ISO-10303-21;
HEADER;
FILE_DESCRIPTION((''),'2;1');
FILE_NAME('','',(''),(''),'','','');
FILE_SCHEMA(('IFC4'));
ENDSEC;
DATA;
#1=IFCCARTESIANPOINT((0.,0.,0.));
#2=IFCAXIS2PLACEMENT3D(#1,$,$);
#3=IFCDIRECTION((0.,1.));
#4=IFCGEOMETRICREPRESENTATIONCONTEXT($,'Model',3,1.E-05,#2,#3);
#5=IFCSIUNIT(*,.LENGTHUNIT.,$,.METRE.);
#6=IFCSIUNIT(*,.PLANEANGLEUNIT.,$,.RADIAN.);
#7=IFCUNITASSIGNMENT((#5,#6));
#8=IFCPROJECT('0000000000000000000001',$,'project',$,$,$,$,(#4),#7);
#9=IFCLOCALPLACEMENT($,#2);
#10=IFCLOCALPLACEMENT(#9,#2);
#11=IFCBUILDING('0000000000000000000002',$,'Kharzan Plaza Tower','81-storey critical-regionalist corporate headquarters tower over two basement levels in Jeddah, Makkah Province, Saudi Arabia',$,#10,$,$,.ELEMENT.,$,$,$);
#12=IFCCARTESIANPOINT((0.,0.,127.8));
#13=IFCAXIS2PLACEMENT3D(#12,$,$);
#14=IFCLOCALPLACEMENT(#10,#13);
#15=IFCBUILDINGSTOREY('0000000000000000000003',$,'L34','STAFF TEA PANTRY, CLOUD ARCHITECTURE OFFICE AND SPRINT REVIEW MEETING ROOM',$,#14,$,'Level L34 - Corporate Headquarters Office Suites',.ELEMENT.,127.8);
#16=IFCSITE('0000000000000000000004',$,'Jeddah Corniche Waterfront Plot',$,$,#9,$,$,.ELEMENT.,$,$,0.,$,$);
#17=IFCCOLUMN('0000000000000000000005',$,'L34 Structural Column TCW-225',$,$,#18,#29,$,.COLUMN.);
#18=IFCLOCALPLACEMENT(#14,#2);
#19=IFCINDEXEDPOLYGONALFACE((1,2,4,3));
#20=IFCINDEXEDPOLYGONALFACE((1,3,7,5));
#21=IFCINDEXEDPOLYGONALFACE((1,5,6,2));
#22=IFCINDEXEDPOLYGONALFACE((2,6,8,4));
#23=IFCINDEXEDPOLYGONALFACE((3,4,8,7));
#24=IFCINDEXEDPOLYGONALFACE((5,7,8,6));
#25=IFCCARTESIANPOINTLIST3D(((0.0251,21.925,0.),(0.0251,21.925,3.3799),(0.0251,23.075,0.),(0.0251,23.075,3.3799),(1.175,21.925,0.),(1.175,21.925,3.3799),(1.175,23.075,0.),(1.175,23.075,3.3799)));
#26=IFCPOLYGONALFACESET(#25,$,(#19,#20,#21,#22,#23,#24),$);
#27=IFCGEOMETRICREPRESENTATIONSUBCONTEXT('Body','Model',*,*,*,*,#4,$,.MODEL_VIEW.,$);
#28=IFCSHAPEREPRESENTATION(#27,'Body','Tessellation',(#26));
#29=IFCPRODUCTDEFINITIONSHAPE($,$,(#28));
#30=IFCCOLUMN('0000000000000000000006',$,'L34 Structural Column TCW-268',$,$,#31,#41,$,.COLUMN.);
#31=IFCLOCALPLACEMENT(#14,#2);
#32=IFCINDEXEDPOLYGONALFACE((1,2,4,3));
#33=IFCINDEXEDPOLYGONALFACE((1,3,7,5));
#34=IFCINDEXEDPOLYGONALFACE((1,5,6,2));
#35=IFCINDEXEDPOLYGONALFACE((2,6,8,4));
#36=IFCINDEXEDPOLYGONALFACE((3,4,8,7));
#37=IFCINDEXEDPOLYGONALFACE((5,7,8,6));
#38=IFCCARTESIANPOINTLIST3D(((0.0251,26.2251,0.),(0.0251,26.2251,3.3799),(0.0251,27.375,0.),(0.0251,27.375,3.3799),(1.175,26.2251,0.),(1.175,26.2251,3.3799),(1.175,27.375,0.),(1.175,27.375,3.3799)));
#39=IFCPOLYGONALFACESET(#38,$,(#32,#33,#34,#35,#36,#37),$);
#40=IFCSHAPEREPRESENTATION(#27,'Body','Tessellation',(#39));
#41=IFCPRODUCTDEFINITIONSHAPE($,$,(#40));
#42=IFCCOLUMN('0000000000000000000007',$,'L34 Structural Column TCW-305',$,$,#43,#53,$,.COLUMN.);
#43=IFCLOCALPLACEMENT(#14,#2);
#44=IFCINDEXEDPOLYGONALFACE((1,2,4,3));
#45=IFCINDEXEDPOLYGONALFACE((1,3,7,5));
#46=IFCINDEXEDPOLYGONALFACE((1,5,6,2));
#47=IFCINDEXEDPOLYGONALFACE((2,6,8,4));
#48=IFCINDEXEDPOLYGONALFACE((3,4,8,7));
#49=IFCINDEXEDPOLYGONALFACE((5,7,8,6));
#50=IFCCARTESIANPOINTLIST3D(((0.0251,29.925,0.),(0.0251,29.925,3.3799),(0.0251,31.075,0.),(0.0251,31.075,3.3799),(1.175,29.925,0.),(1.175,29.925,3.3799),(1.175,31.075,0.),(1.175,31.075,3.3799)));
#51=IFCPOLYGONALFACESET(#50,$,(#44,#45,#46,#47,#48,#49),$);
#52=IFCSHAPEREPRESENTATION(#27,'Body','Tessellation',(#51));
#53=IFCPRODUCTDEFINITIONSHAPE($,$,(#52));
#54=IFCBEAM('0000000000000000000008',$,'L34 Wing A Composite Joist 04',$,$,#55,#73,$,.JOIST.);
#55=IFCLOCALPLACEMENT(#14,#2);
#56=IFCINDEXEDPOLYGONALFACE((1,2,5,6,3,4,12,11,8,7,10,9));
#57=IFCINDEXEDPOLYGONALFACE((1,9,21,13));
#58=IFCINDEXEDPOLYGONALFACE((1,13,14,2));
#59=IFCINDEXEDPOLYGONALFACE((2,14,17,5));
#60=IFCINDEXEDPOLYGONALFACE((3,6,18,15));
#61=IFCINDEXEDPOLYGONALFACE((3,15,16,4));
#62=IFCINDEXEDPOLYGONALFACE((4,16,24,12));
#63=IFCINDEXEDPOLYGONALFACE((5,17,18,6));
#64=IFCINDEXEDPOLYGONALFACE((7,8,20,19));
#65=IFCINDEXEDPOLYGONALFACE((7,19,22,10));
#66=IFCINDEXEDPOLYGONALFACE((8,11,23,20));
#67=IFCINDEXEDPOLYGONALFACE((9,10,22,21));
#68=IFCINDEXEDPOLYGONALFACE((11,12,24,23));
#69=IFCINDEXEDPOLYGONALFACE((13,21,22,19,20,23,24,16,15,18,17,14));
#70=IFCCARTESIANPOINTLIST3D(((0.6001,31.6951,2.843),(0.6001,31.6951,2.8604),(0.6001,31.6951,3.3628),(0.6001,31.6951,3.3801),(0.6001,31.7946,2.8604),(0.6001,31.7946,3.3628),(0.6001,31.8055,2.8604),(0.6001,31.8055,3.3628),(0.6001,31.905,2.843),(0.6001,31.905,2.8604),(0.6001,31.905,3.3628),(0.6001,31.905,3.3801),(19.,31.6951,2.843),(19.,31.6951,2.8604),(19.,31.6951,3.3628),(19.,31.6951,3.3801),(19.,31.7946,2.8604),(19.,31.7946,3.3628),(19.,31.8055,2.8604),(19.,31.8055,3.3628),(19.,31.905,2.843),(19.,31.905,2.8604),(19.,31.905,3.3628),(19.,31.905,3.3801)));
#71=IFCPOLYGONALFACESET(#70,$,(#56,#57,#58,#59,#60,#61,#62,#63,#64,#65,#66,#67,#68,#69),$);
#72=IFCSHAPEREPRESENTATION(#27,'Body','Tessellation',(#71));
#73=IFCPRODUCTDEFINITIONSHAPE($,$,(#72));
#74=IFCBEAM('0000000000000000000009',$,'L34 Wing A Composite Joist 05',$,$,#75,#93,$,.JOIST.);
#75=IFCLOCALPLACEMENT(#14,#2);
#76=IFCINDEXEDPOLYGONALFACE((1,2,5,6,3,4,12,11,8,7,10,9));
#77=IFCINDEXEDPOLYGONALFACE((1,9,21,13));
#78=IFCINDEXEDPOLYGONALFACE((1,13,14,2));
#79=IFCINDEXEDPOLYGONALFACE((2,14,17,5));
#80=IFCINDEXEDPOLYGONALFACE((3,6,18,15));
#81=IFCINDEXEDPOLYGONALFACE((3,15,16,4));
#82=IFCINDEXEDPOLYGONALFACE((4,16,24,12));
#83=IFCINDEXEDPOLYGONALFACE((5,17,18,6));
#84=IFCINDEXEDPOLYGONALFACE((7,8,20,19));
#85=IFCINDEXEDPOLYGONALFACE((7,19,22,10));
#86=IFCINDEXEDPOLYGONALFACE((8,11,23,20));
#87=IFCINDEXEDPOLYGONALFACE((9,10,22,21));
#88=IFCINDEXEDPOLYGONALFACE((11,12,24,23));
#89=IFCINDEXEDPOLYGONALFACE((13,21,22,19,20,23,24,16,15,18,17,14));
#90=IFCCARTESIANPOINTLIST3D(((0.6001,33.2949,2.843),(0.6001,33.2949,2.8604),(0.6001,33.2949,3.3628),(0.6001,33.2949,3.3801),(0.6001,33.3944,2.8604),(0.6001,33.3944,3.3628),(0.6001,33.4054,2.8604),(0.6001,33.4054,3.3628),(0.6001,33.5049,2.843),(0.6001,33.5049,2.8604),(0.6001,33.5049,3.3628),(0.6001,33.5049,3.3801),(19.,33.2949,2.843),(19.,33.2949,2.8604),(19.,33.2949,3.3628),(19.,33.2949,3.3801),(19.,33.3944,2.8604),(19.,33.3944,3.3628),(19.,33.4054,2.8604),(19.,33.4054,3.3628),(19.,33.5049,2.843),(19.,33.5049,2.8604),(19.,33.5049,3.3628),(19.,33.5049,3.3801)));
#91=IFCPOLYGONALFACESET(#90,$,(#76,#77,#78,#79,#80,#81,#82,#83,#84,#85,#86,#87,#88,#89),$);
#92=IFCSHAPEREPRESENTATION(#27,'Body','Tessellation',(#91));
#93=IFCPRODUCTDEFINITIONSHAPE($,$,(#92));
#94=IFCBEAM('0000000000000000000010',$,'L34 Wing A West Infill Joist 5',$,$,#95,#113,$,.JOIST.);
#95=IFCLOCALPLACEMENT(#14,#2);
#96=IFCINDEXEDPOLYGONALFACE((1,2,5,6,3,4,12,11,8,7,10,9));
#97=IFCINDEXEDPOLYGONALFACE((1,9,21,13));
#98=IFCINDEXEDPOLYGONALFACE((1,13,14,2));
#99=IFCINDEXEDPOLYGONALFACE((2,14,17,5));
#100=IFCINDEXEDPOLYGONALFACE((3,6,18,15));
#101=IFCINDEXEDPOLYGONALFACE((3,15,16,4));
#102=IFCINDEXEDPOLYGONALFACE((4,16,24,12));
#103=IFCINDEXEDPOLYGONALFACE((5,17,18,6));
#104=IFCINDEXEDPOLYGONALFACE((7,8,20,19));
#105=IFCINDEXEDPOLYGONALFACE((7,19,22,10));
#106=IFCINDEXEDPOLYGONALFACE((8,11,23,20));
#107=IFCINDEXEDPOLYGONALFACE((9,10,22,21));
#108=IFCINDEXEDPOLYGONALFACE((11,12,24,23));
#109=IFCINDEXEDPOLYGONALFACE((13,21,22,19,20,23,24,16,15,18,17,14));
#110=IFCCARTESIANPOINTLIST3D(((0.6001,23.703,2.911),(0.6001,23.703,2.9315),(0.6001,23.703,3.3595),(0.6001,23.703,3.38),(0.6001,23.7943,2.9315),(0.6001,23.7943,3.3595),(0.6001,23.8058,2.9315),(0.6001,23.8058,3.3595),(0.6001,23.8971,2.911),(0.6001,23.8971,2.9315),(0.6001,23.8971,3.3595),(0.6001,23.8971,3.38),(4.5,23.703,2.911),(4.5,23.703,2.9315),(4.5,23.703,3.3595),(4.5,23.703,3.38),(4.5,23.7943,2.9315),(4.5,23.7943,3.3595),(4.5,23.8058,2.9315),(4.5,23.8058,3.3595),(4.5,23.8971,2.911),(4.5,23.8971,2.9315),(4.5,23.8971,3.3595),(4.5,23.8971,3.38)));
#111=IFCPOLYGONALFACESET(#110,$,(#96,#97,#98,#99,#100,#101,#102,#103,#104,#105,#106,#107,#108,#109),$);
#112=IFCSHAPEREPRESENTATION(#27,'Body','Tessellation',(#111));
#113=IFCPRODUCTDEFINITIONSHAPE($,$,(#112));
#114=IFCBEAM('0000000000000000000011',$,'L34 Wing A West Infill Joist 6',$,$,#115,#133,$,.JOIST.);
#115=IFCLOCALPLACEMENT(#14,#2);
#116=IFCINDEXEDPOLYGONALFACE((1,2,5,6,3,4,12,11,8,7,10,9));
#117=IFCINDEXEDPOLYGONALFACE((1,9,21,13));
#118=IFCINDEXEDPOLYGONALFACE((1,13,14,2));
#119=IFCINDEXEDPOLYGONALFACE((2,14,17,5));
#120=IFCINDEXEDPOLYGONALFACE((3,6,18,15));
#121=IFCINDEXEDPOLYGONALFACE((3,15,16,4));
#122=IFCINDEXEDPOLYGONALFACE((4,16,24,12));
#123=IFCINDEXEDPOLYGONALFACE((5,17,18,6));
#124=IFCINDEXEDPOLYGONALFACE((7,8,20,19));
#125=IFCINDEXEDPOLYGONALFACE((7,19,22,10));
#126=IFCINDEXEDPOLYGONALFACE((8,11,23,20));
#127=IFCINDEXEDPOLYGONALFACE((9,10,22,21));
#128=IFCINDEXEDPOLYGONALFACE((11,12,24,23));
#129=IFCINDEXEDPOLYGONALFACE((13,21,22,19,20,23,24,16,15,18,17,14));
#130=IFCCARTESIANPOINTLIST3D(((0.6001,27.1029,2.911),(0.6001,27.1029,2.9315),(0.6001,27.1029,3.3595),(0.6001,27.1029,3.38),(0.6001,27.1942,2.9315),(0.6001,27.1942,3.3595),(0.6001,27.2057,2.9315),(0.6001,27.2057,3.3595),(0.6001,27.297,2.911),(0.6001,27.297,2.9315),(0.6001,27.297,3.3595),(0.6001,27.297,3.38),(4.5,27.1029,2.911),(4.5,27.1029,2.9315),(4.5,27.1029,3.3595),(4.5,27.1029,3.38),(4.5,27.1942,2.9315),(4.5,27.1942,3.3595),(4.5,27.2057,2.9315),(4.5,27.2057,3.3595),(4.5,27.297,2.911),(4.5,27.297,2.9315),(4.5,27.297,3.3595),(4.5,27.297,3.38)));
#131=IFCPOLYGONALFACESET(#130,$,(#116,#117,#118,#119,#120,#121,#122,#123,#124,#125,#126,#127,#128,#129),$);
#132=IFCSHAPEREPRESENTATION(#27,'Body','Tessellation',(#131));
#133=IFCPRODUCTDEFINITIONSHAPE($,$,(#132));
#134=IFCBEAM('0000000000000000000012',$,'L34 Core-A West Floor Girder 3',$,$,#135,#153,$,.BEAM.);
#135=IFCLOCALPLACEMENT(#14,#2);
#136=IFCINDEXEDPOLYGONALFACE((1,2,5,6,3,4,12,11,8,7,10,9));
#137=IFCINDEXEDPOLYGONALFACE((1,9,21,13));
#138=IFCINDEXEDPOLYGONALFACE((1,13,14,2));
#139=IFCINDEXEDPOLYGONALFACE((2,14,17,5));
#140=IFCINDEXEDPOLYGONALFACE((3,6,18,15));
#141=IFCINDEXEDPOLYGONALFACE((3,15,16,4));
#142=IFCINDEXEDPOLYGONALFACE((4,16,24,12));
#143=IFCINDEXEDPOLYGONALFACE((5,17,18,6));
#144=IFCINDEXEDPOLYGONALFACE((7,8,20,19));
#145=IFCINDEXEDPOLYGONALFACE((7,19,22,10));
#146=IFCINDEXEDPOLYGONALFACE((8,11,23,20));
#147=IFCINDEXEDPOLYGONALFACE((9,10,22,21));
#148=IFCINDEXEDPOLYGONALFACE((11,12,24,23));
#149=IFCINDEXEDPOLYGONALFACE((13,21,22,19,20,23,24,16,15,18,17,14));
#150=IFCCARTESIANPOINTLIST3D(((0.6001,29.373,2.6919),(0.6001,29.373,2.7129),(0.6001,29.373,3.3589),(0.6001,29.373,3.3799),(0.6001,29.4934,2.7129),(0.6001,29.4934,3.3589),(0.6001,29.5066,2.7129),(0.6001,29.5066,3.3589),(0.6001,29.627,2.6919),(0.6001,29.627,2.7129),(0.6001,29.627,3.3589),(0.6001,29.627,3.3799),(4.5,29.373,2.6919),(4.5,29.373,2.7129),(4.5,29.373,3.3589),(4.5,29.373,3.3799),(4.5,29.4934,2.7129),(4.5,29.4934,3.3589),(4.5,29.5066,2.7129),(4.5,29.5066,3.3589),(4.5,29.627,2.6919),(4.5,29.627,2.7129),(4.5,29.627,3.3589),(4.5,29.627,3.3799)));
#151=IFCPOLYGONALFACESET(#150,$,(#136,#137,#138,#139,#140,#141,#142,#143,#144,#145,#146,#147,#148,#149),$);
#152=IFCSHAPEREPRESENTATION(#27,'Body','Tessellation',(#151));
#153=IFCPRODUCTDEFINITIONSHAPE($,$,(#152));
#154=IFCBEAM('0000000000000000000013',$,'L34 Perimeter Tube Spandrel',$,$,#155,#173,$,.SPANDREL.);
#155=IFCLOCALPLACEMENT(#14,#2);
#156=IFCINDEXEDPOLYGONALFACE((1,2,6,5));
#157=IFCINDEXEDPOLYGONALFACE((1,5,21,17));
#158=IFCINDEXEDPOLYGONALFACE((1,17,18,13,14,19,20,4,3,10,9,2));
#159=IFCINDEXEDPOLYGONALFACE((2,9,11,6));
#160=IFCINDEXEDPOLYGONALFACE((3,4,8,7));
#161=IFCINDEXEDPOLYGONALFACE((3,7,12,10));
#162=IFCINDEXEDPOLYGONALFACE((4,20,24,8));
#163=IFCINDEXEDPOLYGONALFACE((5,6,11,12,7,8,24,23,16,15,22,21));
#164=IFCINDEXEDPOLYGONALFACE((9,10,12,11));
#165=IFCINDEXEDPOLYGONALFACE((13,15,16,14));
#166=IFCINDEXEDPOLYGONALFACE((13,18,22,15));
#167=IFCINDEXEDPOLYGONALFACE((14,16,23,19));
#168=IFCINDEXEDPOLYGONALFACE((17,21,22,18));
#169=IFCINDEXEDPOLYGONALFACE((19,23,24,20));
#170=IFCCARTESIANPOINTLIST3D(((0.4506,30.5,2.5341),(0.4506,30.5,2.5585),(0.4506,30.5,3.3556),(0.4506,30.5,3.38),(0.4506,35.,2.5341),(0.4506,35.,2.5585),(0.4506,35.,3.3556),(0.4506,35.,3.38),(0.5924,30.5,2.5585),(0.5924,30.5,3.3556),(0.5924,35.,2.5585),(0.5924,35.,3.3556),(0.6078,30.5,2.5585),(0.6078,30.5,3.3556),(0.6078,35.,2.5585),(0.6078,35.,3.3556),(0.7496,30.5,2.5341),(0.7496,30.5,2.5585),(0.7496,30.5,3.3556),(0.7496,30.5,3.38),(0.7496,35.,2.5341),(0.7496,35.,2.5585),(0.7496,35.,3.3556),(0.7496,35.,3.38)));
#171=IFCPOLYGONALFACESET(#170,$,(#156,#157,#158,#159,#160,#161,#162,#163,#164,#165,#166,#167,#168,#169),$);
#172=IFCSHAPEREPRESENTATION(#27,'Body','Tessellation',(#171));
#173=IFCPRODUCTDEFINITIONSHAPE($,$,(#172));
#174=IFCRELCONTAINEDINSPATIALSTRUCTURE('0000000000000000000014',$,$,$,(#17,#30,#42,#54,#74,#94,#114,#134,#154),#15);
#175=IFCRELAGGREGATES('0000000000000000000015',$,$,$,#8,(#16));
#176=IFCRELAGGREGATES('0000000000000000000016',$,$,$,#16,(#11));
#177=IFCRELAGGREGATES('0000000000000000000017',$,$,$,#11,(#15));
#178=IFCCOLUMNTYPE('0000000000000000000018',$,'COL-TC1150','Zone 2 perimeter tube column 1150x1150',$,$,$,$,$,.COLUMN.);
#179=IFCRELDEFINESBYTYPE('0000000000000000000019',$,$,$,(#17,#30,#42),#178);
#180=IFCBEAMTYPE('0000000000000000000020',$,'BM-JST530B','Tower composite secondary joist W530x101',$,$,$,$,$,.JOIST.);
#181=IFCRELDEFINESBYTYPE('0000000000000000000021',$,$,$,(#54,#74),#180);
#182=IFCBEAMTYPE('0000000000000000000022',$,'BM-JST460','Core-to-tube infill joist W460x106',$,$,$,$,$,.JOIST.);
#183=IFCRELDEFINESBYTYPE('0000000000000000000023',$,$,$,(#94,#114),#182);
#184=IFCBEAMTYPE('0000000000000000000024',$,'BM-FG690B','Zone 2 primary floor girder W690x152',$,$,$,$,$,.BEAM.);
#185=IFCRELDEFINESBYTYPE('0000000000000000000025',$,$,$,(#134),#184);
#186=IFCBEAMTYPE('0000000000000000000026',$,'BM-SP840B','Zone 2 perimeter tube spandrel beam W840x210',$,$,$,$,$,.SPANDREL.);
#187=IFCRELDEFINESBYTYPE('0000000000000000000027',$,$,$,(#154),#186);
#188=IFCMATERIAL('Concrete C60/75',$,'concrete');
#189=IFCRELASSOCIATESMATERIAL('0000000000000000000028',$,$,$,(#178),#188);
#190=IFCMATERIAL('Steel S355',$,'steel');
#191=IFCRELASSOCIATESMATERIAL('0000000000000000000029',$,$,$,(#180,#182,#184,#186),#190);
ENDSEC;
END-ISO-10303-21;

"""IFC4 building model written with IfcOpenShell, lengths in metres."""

from ifc_helpers import new_model, si_unit, direction, frame, origin, origin_2d, place, context, subcontext, project, spatial, rectangle, i_section, extrude, source, transform, mapped, material, material_profile, profile_set, type_object, element, save


model = new_model("IFC4")

# Units and contexts
model_context = context("Model", 3, precision=1e-05, world=origin(), true_north=direction((0.0, 1.0)))
body_context = subcontext(model_context, "Body", "Model", "MODEL_VIEW")
ifc_project = project(units=[si_unit("LENGTHUNIT", "METRE"), si_unit("PLANEANGLEUNIT", "RADIAN")], contexts=[model_context])

# Site, building, storey
site_placement = place(None, origin())
site = spatial("IfcSite", under=ifc_project, at=site_placement, Name="Jeddah Corniche Waterfront Plot", CompositionType="ELEMENT", RefElevation=0.0)
building_placement = place(site_placement, origin())
building = spatial("IfcBuilding", under=site, at=building_placement, Name="Kharzan Plaza Tower", Description="81-storey critical-regionalist corporate headquarters tower over two basement levels in Jeddah, Makkah Province, Saudi Arabia", CompositionType="ELEMENT")
storey_placement = place(building_placement, frame((0.0, 0.0, 127.8)))
storey = spatial("IfcBuildingStorey", under=building, at=storey_placement, Name="L34", Description="STAFF TEA PANTRY, CLOUD ARCHITECTURE OFFICE AND SPRINT REVIEW MEETING ROOM", LongName="Level L34 - Corporate Headquarters Office Suites", CompositionType="ELEMENT", Elevation=127.8)

# Columns
ifc_material_1 = material(Name="Concrete C60/75", Category="concrete")
ifc_material_profile_1 = material_profile(ifc_material_1, rectangle(XDim=1.1499, YDim=1.1499, at=origin_2d()), Name="RC-TC1150x1150")
ifc_profile_set_1 = profile_set([ifc_material_profile_1], Name="Concrete C60/75")
column_type = type_object("IfcColumnType", Name="COL-TC1150", Description="Zone 2 perimeter tube column 1150x1150", PredefinedType="COLUMN", material=ifc_profile_set_1)
shared_shape_1 = source(origin(), body_context, "Body", "SweptSolid", [
    extrude(rectangle(XDim=1.1499, YDim=1.1499, at=origin_2d()), origin(), (0.0, 0.0, 1.0), 3.3799),
])
for number, where, z_axis, x_axis, name in (
    (1, (0.6001, 22.5, 0.0), (0.0, 0.0, 1.0), (1.0, 0.0, 0.0), "L34 Structural Column TCW-225"),
    (2, (0.6001, 26.8, 0.0), (0.0, 0.0, 1.0), (1.0, 0.0, 0.0), "L34 Structural Column TCW-268"),
    (3, (0.6001, 30.5, 0.0), (0.0, 0.0, 1.0), (1.0, 0.0, 0.0), "L34 Structural Column TCW-305"),
):
    element("IfcColumn", number, at=place(storey_placement, frame(where, z_axis=z_axis, x_axis=x_axis)), inside=storey, type_object=column_type, Name=name, PredefinedType="COLUMN", context=body_context, shape_type="MappedRepresentation", body=[
        mapped(shared_shape_1, transform((0.0, 0.0, 0.0), x_axis=(1.0, 0.0, 0.0), y_axis=(0.0, 1.0, 0.0), z_axis=(0.0, 0.0, 1.0))),
    ])

# Beams
ifc_material_2 = material(Name="Steel S355", Category="steel")
ifc_material_profile_2 = material_profile(ifc_material_2, i_section(OverallWidth=0.21, OverallDepth=0.5371, WebThickness=0.011, FlangeThickness=0.0173, at=origin_2d()), Name="W530x101")
ifc_profile_set_2 = profile_set([ifc_material_profile_2], Name="Steel S355")
beam_type_1 = type_object("IfcBeamType", Name="BM-JST530B", Description="Tower composite secondary joist W530x101", PredefinedType="JOIST", material=ifc_profile_set_2)
shared_shape_2 = source(origin(), body_context, "Body", "SweptSolid", [
    extrude(i_section(OverallWidth=0.21, OverallDepth=0.5371, WebThickness=0.011, FlangeThickness=0.0173, at=origin_2d()), origin(), (0.0, 0.0, 1.0), 18.3999),
])
for number, where, z_axis, x_axis, name in (
    (4, (0.6001, 31.8, 3.1116), (1.0, 0.0, 0.0), (0.0, 1.0, 0.0), "L34 Wing A Composite Joist 04"),
    (5, (0.6001, 33.3999, 3.1116), (1.0, 0.0, 0.0), (0.0, 1.0, 0.0), "L34 Wing A Composite Joist 05"),
):
    element("IfcBeam", number, at=place(storey_placement, frame(where, z_axis=z_axis, x_axis=x_axis)), inside=storey, type_object=beam_type_1, Name=name, PredefinedType="JOIST", context=body_context, shape_type="MappedRepresentation", body=[
        mapped(shared_shape_2, transform((0.0, 0.0, 0.0), x_axis=(1.0, 0.0, 0.0), y_axis=(0.0, 1.0, 0.0), z_axis=(0.0, 0.0, 1.0))),
    ])
ifc_material_profile_3 = material_profile(ifc_material_2, i_section(OverallWidth=0.1941, OverallDepth=0.469, WebThickness=0.0115, FlangeThickness=0.0205, at=origin_2d()), Name="W460x106")
ifc_profile_set_3 = profile_set([ifc_material_profile_3], Name="Steel S355")
beam_type_2 = type_object("IfcBeamType", Name="BM-JST460", Description="Core-to-tube infill joist W460x106", PredefinedType="JOIST", material=ifc_profile_set_3)
shared_shape_3 = source(origin(), body_context, "Body", "SweptSolid", [
    extrude(i_section(OverallWidth=0.1941, OverallDepth=0.469, WebThickness=0.0115, FlangeThickness=0.0205, at=origin_2d()), origin(), (0.0, 0.0, 1.0), 3.8999),
])
for number, where, z_axis, x_axis, name in (
    (6, (0.6001, 23.8, 3.1455), (1.0, 0.0, 0.0), (0.0, 1.0, 0.0), "L34 Wing A West Infill Joist 5"),
    (7, (0.6001, 27.2, 3.1455), (1.0, 0.0, 0.0), (0.0, 1.0, 0.0), "L34 Wing A West Infill Joist 6"),
):
    element("IfcBeam", number, at=place(storey_placement, frame(where, z_axis=z_axis, x_axis=x_axis)), inside=storey, type_object=beam_type_2, Name=name, PredefinedType="JOIST", context=body_context, shape_type="MappedRepresentation", body=[
        mapped(shared_shape_3, transform((0.0, 0.0, 0.0), x_axis=(1.0, 0.0, 0.0), y_axis=(0.0, 1.0, 0.0), z_axis=(0.0, 0.0, 1.0))),
    ])
ifc_material_profile_4 = material_profile(ifc_material_2, i_section(OverallWidth=0.2539, OverallDepth=0.688, WebThickness=0.0132, FlangeThickness=0.021, at=origin_2d()), Name="W690x152")
ifc_profile_set_4 = profile_set([ifc_material_profile_4], Name="Steel S355")
beam_type_3 = type_object("IfcBeamType", Name="BM-FG690B", Description="Zone 2 primary floor girder W690x152", PredefinedType="BEAM", material=ifc_profile_set_4)
shared_shape_4 = source(origin(), body_context, "Body", "SweptSolid", [
    extrude(i_section(OverallWidth=0.2539, OverallDepth=0.688, WebThickness=0.0132, FlangeThickness=0.021, at=origin_2d()), origin(), (0.0, 0.0, 1.0), 3.8999),
])
beam_1_placement = place(storey_placement, frame((0.6001, 29.5, 3.0359), z_axis=(1.0, 0.0, 0.0), x_axis=(0.0, 1.0, 0.0)))
element("IfcBeam", 8, at=beam_1_placement, inside=storey, type_object=beam_type_3, Name="L34 Core-A West Floor Girder 3", PredefinedType="BEAM", context=body_context, shape_type="MappedRepresentation", body=[
    mapped(shared_shape_4, transform((0.0, 0.0, 0.0), x_axis=(1.0, 0.0, 0.0), y_axis=(0.0, 1.0, 0.0), z_axis=(0.0, 0.0, 1.0))),
])
ifc_material_profile_5 = material_profile(ifc_material_2, i_section(OverallWidth=0.2991, OverallDepth=0.8459, WebThickness=0.0154, FlangeThickness=0.0244, at=origin_2d()), Name="W840x210")
ifc_profile_set_5 = profile_set([ifc_material_profile_5], Name="Steel S355")
beam_type_4 = type_object("IfcBeamType", Name="BM-SP840B", Description="Zone 2 perimeter tube spandrel beam W840x210", PredefinedType="SPANDREL", material=ifc_profile_set_5)
shared_shape_5 = source(origin(), body_context, "Body", "SweptSolid", [
    extrude(i_section(OverallWidth=0.2991, OverallDepth=0.8459, WebThickness=0.0154, FlangeThickness=0.0244, at=origin_2d()), origin(), (0.0, 0.0, 1.0), 4.5),
])
beam_2_placement = place(storey_placement, frame((0.6001, 30.5, 2.957), z_axis=(0.0, 1.0, 0.0), x_axis=(-1.0, 0.0, 0.0)))
element("IfcBeam", 9, at=beam_2_placement, inside=storey, type_object=beam_type_4, Name="L34 Perimeter Tube Spandrel", PredefinedType="SPANDREL", context=body_context, shape_type="MappedRepresentation", body=[
    mapped(shared_shape_5, transform((0.0, 0.0, 0.0), x_axis=(1.0, 0.0, 0.0), y_axis=(0.0, 1.0, 0.0), z_axis=(0.0, 0.0, 1.0))),
])

save(model, "model.ifc")
